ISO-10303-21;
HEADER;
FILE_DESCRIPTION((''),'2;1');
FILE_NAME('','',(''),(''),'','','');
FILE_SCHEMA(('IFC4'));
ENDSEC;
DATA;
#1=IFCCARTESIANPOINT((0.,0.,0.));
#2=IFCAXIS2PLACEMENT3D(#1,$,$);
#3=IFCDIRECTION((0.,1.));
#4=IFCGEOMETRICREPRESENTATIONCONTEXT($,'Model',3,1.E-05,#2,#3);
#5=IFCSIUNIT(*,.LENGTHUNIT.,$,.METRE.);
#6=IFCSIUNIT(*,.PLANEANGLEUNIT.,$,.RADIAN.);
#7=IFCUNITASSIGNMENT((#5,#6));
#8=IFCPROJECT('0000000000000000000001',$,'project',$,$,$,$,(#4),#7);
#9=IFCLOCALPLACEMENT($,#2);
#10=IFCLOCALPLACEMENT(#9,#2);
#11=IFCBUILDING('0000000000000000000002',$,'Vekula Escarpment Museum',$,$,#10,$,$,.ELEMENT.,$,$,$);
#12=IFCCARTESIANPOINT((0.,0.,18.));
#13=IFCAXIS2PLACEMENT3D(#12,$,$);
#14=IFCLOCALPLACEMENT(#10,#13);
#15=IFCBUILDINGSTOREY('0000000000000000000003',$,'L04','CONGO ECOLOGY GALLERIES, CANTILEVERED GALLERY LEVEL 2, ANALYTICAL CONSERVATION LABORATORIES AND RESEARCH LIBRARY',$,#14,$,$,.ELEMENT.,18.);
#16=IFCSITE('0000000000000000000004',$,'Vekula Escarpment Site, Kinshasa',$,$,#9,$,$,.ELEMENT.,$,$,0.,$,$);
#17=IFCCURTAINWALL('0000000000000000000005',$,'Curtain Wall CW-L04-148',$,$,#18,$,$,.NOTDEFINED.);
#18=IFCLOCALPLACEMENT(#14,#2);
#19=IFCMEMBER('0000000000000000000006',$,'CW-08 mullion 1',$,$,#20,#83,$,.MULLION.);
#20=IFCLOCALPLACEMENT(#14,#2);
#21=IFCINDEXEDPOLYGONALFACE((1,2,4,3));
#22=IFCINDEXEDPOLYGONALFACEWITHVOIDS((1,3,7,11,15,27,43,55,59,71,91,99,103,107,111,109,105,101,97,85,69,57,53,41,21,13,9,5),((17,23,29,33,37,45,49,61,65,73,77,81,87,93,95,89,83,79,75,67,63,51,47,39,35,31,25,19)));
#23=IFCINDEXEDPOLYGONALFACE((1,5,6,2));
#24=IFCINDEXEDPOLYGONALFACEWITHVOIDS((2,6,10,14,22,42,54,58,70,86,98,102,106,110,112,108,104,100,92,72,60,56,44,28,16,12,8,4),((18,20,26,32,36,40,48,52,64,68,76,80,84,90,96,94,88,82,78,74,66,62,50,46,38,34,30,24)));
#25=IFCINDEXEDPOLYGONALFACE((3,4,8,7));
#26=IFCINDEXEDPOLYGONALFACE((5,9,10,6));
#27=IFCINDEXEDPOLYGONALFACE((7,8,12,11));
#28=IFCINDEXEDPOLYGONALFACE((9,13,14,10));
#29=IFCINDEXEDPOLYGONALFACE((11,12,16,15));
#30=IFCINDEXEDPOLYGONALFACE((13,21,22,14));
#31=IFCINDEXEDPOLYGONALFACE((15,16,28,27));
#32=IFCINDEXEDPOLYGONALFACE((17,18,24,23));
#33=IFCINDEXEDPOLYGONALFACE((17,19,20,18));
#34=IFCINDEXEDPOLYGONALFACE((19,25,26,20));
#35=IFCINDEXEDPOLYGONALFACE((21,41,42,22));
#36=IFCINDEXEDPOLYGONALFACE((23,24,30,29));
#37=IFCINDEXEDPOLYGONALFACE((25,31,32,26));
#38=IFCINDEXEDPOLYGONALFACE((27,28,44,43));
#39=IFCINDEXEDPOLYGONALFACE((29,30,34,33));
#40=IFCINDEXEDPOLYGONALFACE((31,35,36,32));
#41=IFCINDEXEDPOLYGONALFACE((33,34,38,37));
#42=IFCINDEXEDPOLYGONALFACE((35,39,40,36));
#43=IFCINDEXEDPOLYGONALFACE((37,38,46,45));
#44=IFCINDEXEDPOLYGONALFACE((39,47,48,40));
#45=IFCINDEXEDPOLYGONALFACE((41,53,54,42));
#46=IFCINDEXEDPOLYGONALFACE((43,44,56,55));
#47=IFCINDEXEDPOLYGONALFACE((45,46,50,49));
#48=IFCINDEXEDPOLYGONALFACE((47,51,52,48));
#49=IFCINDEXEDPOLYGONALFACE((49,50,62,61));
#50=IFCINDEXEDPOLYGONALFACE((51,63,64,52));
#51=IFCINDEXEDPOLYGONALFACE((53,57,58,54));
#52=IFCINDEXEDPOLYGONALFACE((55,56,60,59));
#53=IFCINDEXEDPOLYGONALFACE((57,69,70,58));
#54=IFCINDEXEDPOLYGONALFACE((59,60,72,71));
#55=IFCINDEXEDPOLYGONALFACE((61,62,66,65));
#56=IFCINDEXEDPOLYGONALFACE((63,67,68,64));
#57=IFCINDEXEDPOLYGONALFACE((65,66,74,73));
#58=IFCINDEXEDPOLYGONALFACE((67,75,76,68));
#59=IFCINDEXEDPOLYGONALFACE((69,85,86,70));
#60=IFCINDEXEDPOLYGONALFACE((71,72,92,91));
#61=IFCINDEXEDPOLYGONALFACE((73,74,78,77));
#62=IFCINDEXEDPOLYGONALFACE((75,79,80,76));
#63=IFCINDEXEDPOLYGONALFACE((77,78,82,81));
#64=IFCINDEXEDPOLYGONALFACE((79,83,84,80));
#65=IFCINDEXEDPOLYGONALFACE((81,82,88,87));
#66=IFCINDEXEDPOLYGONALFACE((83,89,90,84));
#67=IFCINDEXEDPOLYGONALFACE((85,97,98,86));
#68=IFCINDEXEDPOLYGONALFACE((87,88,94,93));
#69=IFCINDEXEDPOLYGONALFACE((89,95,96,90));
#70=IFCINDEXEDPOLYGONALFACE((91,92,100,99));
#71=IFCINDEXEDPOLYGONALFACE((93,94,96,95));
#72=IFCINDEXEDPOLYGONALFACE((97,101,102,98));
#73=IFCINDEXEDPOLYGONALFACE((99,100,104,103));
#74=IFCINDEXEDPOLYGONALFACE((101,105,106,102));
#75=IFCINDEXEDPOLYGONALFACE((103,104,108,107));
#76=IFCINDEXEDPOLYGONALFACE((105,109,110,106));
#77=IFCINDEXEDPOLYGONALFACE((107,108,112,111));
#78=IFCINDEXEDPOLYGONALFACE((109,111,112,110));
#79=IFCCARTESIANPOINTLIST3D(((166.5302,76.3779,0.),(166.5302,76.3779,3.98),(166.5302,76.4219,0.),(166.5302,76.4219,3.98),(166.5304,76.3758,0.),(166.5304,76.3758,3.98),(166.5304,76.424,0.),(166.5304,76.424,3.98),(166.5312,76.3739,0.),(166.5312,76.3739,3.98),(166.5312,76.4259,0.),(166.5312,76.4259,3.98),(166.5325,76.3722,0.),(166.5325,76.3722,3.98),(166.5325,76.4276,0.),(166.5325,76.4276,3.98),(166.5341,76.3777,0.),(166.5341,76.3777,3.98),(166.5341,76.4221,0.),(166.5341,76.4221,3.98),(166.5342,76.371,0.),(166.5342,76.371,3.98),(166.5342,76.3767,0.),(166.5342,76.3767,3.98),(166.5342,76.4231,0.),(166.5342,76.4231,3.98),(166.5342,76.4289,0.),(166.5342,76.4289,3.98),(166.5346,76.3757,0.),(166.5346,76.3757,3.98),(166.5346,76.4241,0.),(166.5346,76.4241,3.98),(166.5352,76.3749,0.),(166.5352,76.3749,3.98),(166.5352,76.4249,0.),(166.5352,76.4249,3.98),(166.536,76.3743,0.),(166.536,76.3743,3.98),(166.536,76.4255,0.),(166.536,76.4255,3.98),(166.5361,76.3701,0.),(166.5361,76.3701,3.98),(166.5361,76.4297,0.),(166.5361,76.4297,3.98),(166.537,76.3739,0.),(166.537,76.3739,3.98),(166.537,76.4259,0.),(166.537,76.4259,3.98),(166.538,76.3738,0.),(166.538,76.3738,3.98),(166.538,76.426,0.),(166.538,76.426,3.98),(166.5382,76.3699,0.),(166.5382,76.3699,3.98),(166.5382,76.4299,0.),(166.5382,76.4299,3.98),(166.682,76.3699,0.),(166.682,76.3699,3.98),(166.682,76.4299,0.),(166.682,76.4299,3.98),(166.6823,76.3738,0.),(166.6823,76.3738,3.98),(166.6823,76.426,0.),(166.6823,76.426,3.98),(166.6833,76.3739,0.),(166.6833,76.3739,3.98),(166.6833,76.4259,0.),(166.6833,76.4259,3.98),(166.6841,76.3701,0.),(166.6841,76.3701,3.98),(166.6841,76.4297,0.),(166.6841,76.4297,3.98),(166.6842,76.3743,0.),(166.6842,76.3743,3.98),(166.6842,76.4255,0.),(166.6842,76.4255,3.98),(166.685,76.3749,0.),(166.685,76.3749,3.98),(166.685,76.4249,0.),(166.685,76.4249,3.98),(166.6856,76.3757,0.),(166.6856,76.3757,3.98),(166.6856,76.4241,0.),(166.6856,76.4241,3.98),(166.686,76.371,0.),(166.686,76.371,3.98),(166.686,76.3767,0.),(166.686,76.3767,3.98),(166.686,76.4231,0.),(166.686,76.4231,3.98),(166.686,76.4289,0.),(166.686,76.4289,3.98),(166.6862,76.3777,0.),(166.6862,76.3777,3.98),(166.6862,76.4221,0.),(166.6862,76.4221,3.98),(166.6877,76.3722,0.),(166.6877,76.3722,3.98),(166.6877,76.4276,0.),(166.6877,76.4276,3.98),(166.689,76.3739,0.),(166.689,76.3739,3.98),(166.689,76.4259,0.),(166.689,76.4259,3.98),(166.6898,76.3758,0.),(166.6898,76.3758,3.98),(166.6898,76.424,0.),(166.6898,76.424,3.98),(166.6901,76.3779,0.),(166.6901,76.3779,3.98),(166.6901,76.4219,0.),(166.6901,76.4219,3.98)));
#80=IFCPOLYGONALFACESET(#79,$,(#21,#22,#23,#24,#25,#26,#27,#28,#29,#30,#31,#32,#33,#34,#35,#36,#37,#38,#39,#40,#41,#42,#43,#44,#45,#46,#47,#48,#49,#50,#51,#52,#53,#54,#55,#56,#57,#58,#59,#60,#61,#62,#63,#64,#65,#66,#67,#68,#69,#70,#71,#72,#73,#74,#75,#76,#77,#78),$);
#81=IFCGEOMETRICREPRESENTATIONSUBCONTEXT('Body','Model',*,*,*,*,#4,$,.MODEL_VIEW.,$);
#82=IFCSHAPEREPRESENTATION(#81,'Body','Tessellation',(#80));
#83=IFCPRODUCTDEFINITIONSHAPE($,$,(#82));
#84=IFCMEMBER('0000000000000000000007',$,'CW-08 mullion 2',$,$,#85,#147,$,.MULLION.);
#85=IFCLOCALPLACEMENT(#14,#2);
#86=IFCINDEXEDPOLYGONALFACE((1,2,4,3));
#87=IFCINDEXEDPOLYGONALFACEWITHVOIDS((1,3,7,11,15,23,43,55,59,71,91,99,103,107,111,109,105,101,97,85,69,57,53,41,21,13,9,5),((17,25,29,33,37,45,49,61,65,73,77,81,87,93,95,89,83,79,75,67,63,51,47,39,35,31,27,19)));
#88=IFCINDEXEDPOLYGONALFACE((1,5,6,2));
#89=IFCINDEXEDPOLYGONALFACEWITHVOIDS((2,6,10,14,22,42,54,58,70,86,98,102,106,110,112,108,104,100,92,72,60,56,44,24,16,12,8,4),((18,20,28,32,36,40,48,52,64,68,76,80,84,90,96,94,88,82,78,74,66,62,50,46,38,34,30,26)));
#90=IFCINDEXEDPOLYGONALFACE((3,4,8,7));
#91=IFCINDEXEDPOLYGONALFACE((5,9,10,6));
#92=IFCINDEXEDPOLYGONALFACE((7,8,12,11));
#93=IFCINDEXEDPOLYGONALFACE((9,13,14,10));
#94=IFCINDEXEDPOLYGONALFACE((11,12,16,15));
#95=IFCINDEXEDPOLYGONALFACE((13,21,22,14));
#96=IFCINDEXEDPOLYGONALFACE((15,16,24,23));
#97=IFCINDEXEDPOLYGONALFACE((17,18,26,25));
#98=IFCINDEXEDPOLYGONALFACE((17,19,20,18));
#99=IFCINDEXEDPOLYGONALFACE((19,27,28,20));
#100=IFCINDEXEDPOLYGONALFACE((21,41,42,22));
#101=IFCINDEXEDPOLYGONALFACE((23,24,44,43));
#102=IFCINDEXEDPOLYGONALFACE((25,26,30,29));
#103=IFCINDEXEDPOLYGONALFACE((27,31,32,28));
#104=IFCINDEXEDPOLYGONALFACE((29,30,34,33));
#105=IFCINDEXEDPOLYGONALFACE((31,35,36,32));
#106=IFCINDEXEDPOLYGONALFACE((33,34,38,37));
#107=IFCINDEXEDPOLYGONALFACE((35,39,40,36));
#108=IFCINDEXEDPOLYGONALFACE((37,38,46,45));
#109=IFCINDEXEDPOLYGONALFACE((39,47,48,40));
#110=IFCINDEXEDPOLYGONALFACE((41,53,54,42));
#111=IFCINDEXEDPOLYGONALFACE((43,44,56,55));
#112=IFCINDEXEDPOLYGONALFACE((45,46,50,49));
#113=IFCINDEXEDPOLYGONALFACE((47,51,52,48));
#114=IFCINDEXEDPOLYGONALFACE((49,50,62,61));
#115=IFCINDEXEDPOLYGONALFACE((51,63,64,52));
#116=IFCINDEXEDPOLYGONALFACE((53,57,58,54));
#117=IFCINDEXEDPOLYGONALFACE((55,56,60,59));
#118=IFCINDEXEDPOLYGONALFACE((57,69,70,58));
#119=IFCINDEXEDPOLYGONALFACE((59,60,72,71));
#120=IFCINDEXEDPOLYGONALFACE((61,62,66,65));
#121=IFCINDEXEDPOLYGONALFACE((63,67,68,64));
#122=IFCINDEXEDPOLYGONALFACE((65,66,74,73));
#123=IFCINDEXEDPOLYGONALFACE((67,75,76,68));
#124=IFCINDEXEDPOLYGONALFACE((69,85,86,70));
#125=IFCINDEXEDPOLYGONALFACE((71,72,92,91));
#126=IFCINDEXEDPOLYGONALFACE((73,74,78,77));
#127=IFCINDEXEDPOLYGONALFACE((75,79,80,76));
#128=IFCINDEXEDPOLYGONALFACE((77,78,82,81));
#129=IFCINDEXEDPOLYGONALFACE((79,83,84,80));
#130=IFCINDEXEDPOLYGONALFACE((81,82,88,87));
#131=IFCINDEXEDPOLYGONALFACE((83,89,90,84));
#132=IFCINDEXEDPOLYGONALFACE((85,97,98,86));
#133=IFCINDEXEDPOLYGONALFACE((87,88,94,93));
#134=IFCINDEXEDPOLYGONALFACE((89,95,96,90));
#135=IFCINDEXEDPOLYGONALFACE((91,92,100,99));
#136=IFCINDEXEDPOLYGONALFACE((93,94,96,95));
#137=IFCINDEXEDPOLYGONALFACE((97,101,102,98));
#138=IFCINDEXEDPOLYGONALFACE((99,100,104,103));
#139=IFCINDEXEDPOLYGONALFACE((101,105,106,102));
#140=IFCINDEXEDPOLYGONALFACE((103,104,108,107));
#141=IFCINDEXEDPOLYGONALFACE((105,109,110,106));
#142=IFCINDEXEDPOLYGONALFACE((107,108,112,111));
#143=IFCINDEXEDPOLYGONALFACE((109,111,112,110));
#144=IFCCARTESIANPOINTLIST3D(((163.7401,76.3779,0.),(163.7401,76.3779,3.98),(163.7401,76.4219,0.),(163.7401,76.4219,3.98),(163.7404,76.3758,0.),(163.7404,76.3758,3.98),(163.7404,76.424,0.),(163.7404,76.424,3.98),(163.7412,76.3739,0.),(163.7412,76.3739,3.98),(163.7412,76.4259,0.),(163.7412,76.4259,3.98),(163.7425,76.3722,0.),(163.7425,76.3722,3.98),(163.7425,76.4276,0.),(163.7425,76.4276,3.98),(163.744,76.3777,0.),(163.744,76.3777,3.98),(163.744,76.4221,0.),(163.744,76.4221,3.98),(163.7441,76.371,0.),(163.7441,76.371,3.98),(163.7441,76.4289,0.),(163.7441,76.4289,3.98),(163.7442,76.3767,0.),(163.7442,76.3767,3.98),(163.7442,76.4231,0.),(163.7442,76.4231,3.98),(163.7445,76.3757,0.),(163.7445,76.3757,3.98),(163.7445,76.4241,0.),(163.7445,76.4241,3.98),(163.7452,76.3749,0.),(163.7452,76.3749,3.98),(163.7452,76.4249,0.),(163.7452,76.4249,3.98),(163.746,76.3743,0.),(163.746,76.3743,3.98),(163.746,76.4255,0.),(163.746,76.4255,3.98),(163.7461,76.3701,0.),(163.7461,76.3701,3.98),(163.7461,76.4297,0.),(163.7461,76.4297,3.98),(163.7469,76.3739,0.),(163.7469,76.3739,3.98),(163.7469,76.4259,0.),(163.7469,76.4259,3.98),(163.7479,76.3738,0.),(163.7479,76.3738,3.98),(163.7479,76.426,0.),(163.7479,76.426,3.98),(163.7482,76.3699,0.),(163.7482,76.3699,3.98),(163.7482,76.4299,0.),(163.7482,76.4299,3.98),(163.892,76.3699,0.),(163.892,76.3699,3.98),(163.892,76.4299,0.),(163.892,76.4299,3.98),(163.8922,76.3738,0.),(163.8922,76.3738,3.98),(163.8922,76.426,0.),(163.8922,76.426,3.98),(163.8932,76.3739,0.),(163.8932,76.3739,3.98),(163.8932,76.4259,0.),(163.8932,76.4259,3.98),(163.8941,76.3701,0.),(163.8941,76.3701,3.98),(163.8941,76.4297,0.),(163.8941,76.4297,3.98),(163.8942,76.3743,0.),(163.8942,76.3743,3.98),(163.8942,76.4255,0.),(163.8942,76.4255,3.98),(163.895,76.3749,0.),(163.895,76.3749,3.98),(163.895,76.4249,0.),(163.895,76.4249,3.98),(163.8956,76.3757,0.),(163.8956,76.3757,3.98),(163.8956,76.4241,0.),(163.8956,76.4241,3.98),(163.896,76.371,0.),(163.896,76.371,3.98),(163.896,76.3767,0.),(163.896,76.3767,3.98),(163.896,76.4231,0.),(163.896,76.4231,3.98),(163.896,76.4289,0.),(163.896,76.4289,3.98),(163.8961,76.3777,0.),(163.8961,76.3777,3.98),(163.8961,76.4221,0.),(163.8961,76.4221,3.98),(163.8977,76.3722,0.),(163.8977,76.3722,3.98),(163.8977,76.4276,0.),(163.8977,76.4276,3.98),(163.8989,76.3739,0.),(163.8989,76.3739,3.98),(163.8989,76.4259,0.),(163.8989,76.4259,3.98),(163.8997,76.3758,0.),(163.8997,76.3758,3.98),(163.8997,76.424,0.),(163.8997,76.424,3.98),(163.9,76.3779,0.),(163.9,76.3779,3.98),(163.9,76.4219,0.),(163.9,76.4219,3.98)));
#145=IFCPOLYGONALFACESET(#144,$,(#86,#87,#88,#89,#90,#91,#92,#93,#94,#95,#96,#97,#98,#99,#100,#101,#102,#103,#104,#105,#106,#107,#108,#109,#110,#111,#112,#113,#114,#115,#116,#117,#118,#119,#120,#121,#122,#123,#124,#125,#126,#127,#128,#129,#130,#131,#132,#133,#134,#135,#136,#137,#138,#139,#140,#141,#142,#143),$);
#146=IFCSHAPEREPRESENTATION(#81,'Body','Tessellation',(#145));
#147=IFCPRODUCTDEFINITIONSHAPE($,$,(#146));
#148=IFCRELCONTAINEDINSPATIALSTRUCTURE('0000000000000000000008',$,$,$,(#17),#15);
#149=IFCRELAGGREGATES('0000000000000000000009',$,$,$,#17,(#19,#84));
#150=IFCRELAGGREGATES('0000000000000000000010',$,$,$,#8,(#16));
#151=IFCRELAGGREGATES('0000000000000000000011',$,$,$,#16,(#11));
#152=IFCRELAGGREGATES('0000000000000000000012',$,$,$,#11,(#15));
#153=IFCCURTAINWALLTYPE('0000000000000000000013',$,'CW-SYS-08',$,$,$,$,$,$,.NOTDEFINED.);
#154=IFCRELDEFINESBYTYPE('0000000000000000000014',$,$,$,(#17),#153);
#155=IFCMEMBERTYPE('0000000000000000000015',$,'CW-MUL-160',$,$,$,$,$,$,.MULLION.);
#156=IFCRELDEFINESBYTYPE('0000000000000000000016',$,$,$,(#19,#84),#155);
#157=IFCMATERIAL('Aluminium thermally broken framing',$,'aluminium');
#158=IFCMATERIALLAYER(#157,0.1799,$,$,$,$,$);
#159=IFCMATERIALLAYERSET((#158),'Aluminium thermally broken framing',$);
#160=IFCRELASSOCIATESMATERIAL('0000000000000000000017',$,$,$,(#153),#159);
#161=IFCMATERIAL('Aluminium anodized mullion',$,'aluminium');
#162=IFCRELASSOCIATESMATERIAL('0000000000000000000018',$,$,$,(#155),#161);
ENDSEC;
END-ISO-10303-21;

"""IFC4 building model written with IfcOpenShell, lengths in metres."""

from ifc_helpers import new_model, si_unit, direction, frame, origin, origin_2d, place, context, subcontext, project, spatial, hollow_rectangle, extrude, material, layer, layer_set, material_profile, profile_set, type_object, element, aggregate, save


model = new_model("IFC4")

# Units and contexts
model_context = context("Model", 3, precision=1e-05, world=origin(), true_north=direction((0.0, 1.0)))
body_context = subcontext(model_context, "Body", "Model", "MODEL_VIEW")
ifc_project = project(units=[si_unit("LENGTHUNIT", "METRE"), si_unit("PLANEANGLEUNIT", "RADIAN")], contexts=[model_context])

# Site, building, storey
site_placement = place(None, origin())
site = spatial("IfcSite", under=ifc_project, at=site_placement, Name="Vekula Escarpment Site, Kinshasa", CompositionType="ELEMENT", RefElevation=0.0)
building_placement = place(site_placement, origin())
building = spatial("IfcBuilding", under=site, at=building_placement, Name="Vekula Escarpment Museum", CompositionType="ELEMENT")
storey_placement = place(building_placement, frame((0.0, 0.0, 18.0)))
storey = spatial("IfcBuildingStorey", under=building, at=storey_placement, Name="L04", Description="CONGO ECOLOGY GALLERIES, CANTILEVERED GALLERY LEVEL 2, ANALYTICAL CONSERVATION LABORATORIES AND RESEARCH LIBRARY", CompositionType="ELEMENT", Elevation=18.0)

# Curtain wall, members
ifc_material_1 = material(Name="Aluminium thermally broken framing", Category="aluminium")
ifc_layer_1 = layer(ifc_material_1, 0.1799)
ifc_layer_set_1 = layer_set([ifc_layer_1], Name="Aluminium thermally broken framing")
curtain_wall_type = type_object("IfcCurtainWallType", Name="CW-SYS-08", PredefinedType="NOTDEFINED", material=ifc_layer_set_1)
curtain_wall_placement = place(storey_placement, origin())
curtain_wall = element("IfcCurtainWall", 1, at=curtain_wall_placement, inside=storey, type_object=curtain_wall_type, Name="Curtain Wall CW-L04-148", PredefinedType="NOTDEFINED")
ifc_material_2 = material(Name="Aluminium anodized mullion", Category="aluminium")
ifc_material_profile_1 = material_profile(ifc_material_2, hollow_rectangle(XDim=0.0601, YDim=0.1599, WallThickness=0.0039, InnerFilletRadius=0.0039, OuterFilletRadius=0.0081, at=origin_2d()), Name="ALU 160x60x4")
ifc_profile_set_1 = profile_set([ifc_material_profile_1], Name="Aluminium anodized mullion")
member_type_1 = type_object("IfcMemberType", Name="CW-MUL-160", PredefinedType="MULLION", material=ifc_profile_set_1)
member_1_placement = place(storey_placement, frame((166.6101, 76.3999, 0.0), z_axis=(0.0, 0.0, 1.0), x_axis=(0.0, -1.0, 0.0)))
member_1 = element("IfcMember", 2, at=member_1_placement, type_object=member_type_1, Name="CW-08 mullion 1", PredefinedType="MULLION", context=body_context, shape_type="SweptSolid", body=[
    extrude(hollow_rectangle(XDim=0.0601, YDim=0.1599, WallThickness=0.0039, InnerFilletRadius=0.0039, OuterFilletRadius=0.0081, at=origin_2d()), origin(), (0.0, 0.0, 1.0), 3.98),
])
member_2_placement = place(storey_placement, frame((163.8201, 76.3999, 0.0), z_axis=(0.0, 0.0, 1.0), x_axis=(0.0, -1.0, 0.0)))
member_2 = element("IfcMember", 3, at=member_2_placement, type_object=member_type_1, Name="CW-08 mullion 2", PredefinedType="MULLION", context=body_context, shape_type="SweptSolid", body=[
    extrude(hollow_rectangle(XDim=0.0601, YDim=0.1599, WallThickness=0.0039, InnerFilletRadius=0.0039, OuterFilletRadius=0.0081, at=origin_2d()), origin(), (0.0, 0.0, 1.0), 3.98),
])
aggregate(curtain_wall, [member_1, member_2])

save(model, "model.ifc")
